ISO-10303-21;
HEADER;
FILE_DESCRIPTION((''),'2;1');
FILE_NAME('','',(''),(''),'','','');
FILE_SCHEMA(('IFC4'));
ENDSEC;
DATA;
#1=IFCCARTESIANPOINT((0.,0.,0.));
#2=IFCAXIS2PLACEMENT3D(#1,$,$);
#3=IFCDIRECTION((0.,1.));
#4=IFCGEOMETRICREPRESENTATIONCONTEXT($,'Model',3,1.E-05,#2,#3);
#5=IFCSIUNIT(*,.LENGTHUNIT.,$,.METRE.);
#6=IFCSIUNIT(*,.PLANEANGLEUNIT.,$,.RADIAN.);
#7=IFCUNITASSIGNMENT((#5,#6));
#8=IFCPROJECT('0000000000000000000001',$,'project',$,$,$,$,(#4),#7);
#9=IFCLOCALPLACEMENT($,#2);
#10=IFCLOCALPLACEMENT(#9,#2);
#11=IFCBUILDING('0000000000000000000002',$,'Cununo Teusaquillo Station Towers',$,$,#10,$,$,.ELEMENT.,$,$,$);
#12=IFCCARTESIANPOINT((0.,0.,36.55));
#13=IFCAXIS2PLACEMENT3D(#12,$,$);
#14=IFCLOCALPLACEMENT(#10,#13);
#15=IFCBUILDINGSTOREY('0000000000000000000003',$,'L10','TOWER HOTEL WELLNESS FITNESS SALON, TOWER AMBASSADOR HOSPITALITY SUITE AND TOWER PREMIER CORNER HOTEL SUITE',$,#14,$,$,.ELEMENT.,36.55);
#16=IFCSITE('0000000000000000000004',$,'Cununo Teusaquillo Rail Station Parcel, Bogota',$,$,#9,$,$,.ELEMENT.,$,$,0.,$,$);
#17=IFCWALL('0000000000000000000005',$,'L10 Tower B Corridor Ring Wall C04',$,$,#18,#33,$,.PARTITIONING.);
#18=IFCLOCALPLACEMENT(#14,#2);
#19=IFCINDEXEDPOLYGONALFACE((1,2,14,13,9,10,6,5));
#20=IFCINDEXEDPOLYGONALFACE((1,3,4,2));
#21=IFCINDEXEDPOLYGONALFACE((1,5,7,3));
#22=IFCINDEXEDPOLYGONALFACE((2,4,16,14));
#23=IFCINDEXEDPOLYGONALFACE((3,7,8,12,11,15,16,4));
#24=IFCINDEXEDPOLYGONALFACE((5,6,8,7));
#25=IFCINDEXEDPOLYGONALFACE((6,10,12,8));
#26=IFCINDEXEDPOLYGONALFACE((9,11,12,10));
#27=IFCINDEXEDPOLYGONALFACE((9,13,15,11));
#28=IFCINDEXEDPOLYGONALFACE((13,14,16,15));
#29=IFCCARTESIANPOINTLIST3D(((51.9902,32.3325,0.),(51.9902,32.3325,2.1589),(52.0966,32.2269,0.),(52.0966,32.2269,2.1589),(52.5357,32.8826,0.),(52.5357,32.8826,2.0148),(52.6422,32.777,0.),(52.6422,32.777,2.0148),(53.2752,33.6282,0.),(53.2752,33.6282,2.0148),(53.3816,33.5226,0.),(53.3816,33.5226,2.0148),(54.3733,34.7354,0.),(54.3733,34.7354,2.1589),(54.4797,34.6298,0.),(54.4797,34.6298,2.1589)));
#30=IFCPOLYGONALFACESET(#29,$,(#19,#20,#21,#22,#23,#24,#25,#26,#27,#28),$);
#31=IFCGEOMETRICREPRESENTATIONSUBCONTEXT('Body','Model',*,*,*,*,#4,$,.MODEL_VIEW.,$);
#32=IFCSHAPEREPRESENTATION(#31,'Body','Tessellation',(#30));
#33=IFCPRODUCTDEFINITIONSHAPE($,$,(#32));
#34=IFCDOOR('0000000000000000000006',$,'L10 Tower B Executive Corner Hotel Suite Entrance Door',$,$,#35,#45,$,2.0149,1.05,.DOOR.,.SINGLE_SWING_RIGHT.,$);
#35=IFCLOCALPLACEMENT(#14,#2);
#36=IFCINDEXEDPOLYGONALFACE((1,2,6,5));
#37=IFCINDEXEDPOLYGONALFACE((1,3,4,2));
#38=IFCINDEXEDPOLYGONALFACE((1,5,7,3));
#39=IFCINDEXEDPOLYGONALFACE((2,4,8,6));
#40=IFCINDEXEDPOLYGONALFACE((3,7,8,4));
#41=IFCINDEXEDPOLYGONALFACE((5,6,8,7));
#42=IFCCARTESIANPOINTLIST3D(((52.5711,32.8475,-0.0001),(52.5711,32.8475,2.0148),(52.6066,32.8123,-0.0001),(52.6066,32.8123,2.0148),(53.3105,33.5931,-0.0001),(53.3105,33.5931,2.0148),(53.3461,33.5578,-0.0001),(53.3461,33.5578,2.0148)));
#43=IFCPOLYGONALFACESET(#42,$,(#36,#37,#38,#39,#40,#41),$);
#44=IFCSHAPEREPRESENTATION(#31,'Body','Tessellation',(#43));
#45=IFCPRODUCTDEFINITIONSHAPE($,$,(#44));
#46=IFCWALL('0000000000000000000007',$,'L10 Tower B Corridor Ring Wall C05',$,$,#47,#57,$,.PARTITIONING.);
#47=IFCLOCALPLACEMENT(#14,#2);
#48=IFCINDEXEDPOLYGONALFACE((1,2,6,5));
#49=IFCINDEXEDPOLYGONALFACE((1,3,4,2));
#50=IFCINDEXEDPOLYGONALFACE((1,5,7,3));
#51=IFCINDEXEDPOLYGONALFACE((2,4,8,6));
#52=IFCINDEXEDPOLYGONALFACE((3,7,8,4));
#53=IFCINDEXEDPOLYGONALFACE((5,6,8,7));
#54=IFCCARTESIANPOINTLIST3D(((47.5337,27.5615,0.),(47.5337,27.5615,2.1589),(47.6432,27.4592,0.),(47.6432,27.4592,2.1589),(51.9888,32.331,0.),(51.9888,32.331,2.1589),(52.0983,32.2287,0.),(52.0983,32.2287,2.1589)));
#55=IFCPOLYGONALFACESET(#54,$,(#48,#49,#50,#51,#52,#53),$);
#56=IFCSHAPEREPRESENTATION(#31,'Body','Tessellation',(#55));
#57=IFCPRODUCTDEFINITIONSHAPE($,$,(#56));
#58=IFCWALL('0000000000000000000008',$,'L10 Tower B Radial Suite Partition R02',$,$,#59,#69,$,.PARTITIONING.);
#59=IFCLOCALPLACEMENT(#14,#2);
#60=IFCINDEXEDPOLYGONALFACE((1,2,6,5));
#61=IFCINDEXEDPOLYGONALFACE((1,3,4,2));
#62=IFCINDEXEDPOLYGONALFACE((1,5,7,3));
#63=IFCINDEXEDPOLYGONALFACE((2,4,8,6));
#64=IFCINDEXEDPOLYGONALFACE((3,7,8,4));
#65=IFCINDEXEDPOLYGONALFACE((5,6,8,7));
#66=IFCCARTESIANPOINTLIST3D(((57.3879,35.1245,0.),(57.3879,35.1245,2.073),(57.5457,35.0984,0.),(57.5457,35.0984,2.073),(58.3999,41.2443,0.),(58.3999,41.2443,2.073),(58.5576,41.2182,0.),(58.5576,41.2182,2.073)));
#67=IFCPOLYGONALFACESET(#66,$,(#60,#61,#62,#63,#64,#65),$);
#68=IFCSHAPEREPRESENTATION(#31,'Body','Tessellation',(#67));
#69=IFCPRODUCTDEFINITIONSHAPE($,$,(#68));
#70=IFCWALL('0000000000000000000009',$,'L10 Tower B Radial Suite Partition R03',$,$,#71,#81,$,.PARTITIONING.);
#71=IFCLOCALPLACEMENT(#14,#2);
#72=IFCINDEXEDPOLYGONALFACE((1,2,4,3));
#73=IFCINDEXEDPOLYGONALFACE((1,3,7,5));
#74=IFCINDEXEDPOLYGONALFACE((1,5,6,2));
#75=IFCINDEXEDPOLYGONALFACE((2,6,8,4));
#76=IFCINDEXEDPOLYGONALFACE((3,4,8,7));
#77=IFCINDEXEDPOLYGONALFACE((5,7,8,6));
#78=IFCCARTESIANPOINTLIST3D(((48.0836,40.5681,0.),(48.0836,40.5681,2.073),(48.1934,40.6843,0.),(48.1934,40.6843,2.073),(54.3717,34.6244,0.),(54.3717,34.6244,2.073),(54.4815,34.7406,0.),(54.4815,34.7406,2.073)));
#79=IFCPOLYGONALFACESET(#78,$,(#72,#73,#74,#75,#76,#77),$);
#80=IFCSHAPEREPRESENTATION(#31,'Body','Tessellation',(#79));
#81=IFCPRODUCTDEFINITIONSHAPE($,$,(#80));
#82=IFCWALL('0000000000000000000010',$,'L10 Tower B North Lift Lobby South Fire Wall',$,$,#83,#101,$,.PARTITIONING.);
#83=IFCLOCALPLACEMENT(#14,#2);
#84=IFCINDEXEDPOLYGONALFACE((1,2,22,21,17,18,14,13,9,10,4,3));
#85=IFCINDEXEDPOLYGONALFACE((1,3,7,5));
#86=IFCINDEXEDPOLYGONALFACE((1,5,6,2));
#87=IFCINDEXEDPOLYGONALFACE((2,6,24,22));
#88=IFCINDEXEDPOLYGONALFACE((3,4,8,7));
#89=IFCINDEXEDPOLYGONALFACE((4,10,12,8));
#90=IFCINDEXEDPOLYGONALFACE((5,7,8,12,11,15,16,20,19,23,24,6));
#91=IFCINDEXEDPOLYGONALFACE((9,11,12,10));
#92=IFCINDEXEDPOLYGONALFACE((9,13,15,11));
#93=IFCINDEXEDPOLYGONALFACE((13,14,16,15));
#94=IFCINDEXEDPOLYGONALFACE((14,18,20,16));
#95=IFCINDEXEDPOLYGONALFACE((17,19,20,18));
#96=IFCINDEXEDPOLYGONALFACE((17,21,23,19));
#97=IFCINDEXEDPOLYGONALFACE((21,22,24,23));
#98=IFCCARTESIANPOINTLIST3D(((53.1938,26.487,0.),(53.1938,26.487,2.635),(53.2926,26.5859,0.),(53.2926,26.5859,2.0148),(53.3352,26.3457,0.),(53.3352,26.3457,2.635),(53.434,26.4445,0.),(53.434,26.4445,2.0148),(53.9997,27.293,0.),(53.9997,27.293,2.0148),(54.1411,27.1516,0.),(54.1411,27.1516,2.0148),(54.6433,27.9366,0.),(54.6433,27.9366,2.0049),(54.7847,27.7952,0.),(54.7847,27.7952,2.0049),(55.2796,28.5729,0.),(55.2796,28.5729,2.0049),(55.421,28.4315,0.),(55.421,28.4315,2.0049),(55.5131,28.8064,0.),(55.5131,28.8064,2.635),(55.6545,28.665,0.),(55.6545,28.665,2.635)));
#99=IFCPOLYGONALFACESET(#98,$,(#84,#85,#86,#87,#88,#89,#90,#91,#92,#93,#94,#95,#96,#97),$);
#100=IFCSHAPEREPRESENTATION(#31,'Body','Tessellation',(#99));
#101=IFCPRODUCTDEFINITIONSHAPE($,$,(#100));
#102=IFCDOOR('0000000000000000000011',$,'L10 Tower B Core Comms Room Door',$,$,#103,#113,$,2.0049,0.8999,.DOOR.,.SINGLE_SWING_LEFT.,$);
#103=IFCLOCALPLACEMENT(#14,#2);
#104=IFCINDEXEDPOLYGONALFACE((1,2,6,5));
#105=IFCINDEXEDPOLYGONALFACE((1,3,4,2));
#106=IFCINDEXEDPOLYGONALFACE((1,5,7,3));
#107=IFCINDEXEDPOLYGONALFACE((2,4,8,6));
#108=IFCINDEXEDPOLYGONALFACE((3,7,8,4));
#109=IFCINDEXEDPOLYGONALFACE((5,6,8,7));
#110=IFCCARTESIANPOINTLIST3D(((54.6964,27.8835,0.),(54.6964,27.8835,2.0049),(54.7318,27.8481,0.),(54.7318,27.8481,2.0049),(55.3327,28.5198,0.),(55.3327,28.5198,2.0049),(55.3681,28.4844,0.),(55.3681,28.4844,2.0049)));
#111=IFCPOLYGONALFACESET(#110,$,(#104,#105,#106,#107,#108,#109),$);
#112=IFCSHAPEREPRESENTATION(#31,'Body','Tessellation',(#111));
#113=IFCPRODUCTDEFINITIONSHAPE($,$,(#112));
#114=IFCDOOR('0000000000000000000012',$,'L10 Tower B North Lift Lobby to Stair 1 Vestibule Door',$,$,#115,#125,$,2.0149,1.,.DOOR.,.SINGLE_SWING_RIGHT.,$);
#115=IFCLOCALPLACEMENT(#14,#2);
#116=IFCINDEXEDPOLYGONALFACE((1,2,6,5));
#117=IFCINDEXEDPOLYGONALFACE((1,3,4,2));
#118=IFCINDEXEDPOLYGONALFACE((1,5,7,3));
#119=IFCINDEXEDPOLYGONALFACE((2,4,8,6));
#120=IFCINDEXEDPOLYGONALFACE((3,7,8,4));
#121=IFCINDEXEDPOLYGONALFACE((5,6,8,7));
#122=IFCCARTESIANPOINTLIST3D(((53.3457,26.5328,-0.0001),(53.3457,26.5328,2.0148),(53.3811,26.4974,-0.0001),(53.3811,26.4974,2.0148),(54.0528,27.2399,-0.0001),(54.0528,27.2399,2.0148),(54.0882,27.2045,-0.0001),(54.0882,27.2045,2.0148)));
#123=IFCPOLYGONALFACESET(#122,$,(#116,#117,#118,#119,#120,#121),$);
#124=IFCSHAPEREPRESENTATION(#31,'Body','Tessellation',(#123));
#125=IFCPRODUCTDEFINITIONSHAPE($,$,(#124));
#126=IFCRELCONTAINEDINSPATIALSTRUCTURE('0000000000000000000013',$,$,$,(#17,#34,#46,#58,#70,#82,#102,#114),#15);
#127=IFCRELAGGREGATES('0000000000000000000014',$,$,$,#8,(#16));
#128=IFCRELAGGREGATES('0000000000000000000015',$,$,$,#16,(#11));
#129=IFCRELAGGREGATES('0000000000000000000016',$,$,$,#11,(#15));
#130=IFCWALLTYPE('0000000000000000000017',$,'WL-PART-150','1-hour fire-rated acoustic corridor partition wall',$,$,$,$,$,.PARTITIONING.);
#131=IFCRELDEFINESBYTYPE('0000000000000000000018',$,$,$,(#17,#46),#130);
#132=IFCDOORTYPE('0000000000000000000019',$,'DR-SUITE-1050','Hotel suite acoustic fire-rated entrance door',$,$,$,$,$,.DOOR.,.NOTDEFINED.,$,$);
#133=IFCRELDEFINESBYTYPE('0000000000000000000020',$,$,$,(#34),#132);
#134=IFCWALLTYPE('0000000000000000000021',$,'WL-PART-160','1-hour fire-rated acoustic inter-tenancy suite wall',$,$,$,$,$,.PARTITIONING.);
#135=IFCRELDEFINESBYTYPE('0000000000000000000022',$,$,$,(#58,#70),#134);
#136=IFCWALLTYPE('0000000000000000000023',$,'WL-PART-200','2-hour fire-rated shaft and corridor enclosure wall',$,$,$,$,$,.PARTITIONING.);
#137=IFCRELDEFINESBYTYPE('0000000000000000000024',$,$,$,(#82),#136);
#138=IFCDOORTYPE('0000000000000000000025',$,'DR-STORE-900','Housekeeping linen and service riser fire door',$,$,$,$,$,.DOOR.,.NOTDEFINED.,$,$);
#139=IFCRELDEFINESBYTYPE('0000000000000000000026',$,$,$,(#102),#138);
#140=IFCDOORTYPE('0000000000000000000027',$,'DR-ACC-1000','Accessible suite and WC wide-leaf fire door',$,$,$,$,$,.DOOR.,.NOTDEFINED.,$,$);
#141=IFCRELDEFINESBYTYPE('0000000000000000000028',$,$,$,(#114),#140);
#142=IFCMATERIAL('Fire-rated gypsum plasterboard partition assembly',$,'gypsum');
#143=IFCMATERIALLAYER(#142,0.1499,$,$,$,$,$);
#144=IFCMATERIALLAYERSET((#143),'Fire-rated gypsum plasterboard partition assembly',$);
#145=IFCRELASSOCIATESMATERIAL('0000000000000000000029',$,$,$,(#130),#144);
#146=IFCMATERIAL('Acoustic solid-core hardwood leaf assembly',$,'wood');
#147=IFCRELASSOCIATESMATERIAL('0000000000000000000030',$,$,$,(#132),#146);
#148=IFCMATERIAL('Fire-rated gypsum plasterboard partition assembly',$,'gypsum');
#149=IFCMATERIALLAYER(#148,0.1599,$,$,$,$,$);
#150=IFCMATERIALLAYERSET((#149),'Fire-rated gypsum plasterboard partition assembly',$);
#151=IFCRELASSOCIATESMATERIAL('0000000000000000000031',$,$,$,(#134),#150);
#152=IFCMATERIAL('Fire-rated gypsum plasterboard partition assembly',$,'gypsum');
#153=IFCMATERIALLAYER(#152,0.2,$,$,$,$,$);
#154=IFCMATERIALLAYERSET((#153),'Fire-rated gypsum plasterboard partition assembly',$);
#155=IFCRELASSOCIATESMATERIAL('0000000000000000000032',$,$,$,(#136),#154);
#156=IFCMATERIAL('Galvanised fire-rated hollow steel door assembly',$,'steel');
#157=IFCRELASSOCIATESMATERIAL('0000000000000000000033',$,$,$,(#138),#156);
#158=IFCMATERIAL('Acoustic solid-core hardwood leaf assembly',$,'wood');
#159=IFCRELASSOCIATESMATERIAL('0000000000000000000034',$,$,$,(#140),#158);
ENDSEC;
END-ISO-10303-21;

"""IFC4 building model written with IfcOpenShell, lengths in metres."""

from ifc_helpers import new_model, si_unit, direction, frame, frame_2d, origin, place, context, subcontext, project, spatial, rectangle, extrude, source, transform, mapped, material, layer, layer_set, type_object, element, fill, save


model = new_model("IFC4")

# Units and contexts
model_context = context("Model", 3, precision=1e-05, world=origin(), true_north=direction((0.0, 1.0)))
body_context = subcontext(model_context, "Body", "Model", "MODEL_VIEW")
ifc_project = project(units=[si_unit("LENGTHUNIT", "METRE"), si_unit("PLANEANGLEUNIT", "RADIAN")], contexts=[model_context])

# Site, building, storey
site_placement = place(None, origin())
site = spatial("IfcSite", under=ifc_project, at=site_placement, Name="Cununo Teusaquillo Rail Station Parcel, Bogota", CompositionType="ELEMENT", RefElevation=0.0)
building_placement = place(site_placement, origin())
building = spatial("IfcBuilding", under=site, at=building_placement, Name="Cununo Teusaquillo Station Towers", CompositionType="ELEMENT")
storey_placement = place(building_placement, frame((0.0, 0.0, 36.55)))
storey = spatial("IfcBuildingStorey", under=building, at=storey_placement, Name="L10", Description="TOWER HOTEL WELLNESS FITNESS SALON, TOWER AMBASSADOR HOSPITALITY SUITE AND TOWER PREMIER CORNER HOTEL SUITE", CompositionType="ELEMENT", Elevation=36.55)

# Shared definitions
shared_shape_1 = source(origin(), body_context, "Body", "SweptSolid", [
    extrude(rectangle(XDim=0.8999, YDim=2.0049, at=frame_2d((0.45, 1.0024))), frame((0.0, 0.0249, 0.0), z_axis=(0.0, -1.0, 0.0), x_axis=(1.0, 0.0, 0.0)), (0.0, 0.0, 1.0), 0.05),
])
ifc_material_1 = material(Name="Fire-rated gypsum plasterboard partition assembly", Category="gypsum")
ifc_layer_1 = layer(ifc_material_1, 0.1499)
ifc_layer_set_1 = layer_set([ifc_layer_1], Name="Fire-rated gypsum plasterboard partition assembly")
wall_type_1 = type_object("IfcWallType", Name="WL-PART-150", Description="1-hour fire-rated acoustic corridor partition wall", PredefinedType="PARTITIONING", material=ifc_layer_set_1)
shared_shape_2 = source(origin(), body_context, "Body", "SweptSolid", [
    extrude(rectangle(XDim=1.05, YDim=2.0149, at=frame_2d((0.5249, 1.0073))), frame((0.0, 0.085, 0.0), z_axis=(0.0, -1.0, 0.0), x_axis=(1.0, 0.0, 0.0)), (0.0, 0.0, 1.0), 0.1699),
])
ifc_material_2 = material(Name="Acoustic solid-core hardwood leaf assembly", Category="wood")
door_type_1 = type_object("IfcDoorType", Name="DR-SUITE-1050", Description="Hotel suite acoustic fire-rated entrance door", OperationType="NOTDEFINED", PredefinedType="DOOR", material=ifc_material_2)
shared_shape_3 = source(origin(), body_context, "Body", "SweptSolid", [
    extrude(rectangle(XDim=1.05, YDim=2.0149, at=frame_2d((0.5249, 1.0073))), frame((0.0, 0.0249, 0.0), z_axis=(0.0, -1.0, 0.0), x_axis=(1.0, 0.0, 0.0)), (0.0, 0.0, 1.0), 0.05),
])

# Wall, opening, door
wall_1_placement = place(storey_placement, frame((54.4265, 34.6826, 0.0), z_axis=(0.0, 0.0, 1.0), x_axis=(-0.704179, -0.710022, 0.0)))
wall_1 = element("IfcWall", 1, at=wall_1_placement, inside=storey, type_object=wall_type_1, Name="L10 Tower B Corridor Ring Wall C04", PredefinedType="PARTITIONING", context=body_context, shape_type="SweptSolid", body=[
    extrude(rectangle(XDim=3.3843, YDim=0.1499, at=frame_2d((1.6921, 0.0))), origin(), (0.0, 0.0, 1.0), 2.1589),
])
opening_1_placement = place(wall_1_placement, frame((1.5596, 0.0, 0.0)))
opening_1 = element("IfcOpeningElement", 2, at=opening_1_placement, cuts=wall_1, PredefinedType="OPENING", context=body_context, shape_type="MappedRepresentation", body=[
    mapped(shared_shape_2, transform((0.0, 0.0, 0.0), x_axis=(1.0, 0.0, 0.0), y_axis=(0.0, 1.0, 0.0), z_axis=(0.0, 0.0, 1.0), scale=1.0)),
])
door_1_placement = place(opening_1_placement, origin())
door_1 = element("IfcDoor", 3, at=door_1_placement, inside=storey, type_object=door_type_1, Name="L10 Tower B Executive Corner Hotel Suite Entrance Door", OperationType="SINGLE_SWING_RIGHT", OverallHeight=2.0149, OverallWidth=1.05, PredefinedType="DOOR", context=body_context, shape_type="MappedRepresentation", body=[
    mapped(shared_shape_3, transform((0.0, 0.0, 0.0), x_axis=(1.0, 0.0, 0.0), y_axis=(0.0, 1.0, 0.0), z_axis=(0.0, 0.0, 1.0), scale=1.0)),
])
fill(opening_1, door_1)

# Walls
wall_2_placement = place(storey_placement, frame((52.0435, 32.2798, 0.0), z_axis=(0.0, 0.0, 1.0), x_axis=(-0.682606, -0.730787, 0.0)))
element("IfcWall", 4, at=wall_2_placement, inside=storey, type_object=wall_type_1, Name="L10 Tower B Corridor Ring Wall C05", PredefinedType="PARTITIONING", context=body_context, shape_type="SweptSolid", body=[
    extrude(rectangle(XDim=6.5266, YDim=0.1499, at=frame_2d((3.2632, 0.0))), origin(), (0.0, 0.0, 1.0), 2.1589),
])
ifc_material_3 = material(Name="Fire-rated gypsum plasterboard partition assembly", Category="gypsum")
ifc_layer_2 = layer(ifc_material_3, 0.1599)
ifc_layer_set_2 = layer_set([ifc_layer_2], Name="Fire-rated gypsum plasterboard partition assembly")
wall_type_2 = type_object("IfcWallType", Name="WL-PART-160", Description="1-hour fire-rated acoustic inter-tenancy suite wall", PredefinedType="PARTITIONING", material=ifc_layer_set_2)
wall_3_placement = place(storey_placement, frame((57.4668, 35.1113, 0.0), z_axis=(0.0, 0.0, 1.0), x_axis=(0.163142, 0.986603, 0.0)))
element("IfcWall", 5, at=wall_3_placement, inside=storey, type_object=wall_type_2, Name="L10 Tower B Radial Suite Partition R02", PredefinedType="PARTITIONING", context=body_context, shape_type="SweptSolid", body=[
    extrude(rectangle(XDim=6.2029, YDim=0.1599, at=frame_2d((3.1016, 0.0))), origin(), (0.0, 0.0, 1.0), 2.073),
])
wall_4_placement = place(storey_placement, frame((54.4265, 34.6826, 0.0), z_axis=(0.0, 0.0, 1.0), x_axis=(-0.726733, 0.68692, 0.0)))
element("IfcWall", 6, at=wall_4_placement, inside=storey, type_object=wall_type_2, Name="L10 Tower B Radial Suite Partition R03", PredefinedType="PARTITIONING", context=body_context, shape_type="SweptSolid", body=[
    extrude(rectangle(XDim=8.6526, YDim=0.1599, at=frame_2d((4.3262, 0.0))), origin(), (0.0, 0.0, 1.0), 2.073),
])

# Wall, openings, doors
ifc_material_4 = material(Name="Fire-rated gypsum plasterboard partition assembly", Category="gypsum")
ifc_layer_3 = layer(ifc_material_4, 0.2)
ifc_layer_set_3 = layer_set([ifc_layer_3], Name="Fire-rated gypsum plasterboard partition assembly")
wall_type_3 = type_object("IfcWallType", Name="WL-PART-200", Description="2-hour fire-rated shaft and corridor enclosure wall", PredefinedType="PARTITIONING", material=ifc_layer_set_3)
wall_5_placement = place(storey_placement, frame((53.2644, 26.4163, 0.0), z_axis=(0.0, 0.0, 1.0), x_axis=(0.707107, 0.707107, 0.0)))
wall_5 = element("IfcWall", 7, at=wall_5_placement, inside=storey, type_object=wall_type_3, Name="L10 Tower B North Lift Lobby South Fire Wall", PredefinedType="PARTITIONING", context=body_context, shape_type="SweptSolid", body=[
    extrude(rectangle(XDim=3.28, YDim=0.2, at=frame_2d((1.6401, 0.0))), origin(), (0.0, 0.0, 1.0), 2.635),
])
shared_shape_4 = source(origin(), body_context, "Body", "SweptSolid", [
    extrude(rectangle(XDim=1.0, YDim=2.0149, at=frame_2d((0.5, 1.0073))), frame((0.0, 0.1099, 0.0), z_axis=(0.0, -1.0, 0.0), x_axis=(1.0, 0.0, 0.0)), (0.0, 0.0, 1.0), 0.22),
])
opening_2_placement = place(wall_5_placement, frame((0.1399, 0.0, 0.0)))
opening_2 = element("IfcOpeningElement", 8, at=opening_2_placement, cuts=wall_5, PredefinedType="OPENING", context=body_context, shape_type="MappedRepresentation", body=[
    mapped(shared_shape_4, transform((0.0, 0.0, 0.0), x_axis=(1.0, 0.0, 0.0), y_axis=(0.0, 1.0, 0.0), z_axis=(0.0, 0.0, 1.0), scale=1.0)),
])
shared_shape_5 = source(origin(), body_context, "Body", "SweptSolid", [
    extrude(rectangle(XDim=0.8999, YDim=2.0049, at=frame_2d((0.45, 1.0024))), frame((0.0, 0.1099, 0.0), z_axis=(0.0, -1.0, 0.0), x_axis=(1.0, 0.0, 0.0)), (0.0, 0.0, 1.0), 0.22),
])
opening_3_placement = place(wall_5_placement, frame((2.05, 0.0, 0.0)))
opening_3 = element("IfcOpeningElement", 9, at=opening_3_placement, cuts=wall_5, PredefinedType="OPENING", context=body_context, shape_type="MappedRepresentation", body=[
    mapped(shared_shape_5, transform((0.0, 0.0, 0.0), x_axis=(1.0, 0.0, 0.0), y_axis=(0.0, 1.0, 0.0), z_axis=(0.0, 0.0, 1.0), scale=1.0)),
])
ifc_material_5 = material(Name="Galvanised fire-rated hollow steel door assembly", Category="steel")
door_type_2 = type_object("IfcDoorType", Name="DR-STORE-900", Description="Housekeeping linen and service riser fire door", OperationType="NOTDEFINED", PredefinedType="DOOR", material=ifc_material_5)
door_2_placement = place(opening_3_placement, origin())
door_2 = element("IfcDoor", 10, at=door_2_placement, inside=storey, type_object=door_type_2, Name="L10 Tower B Core Comms Room Door", OperationType="SINGLE_SWING_LEFT", OverallHeight=2.0049, OverallWidth=0.8999, PredefinedType="DOOR", context=body_context, shape_type="MappedRepresentation", body=[
    mapped(shared_shape_1, transform((0.0, 0.0, 0.0), x_axis=(1.0, 0.0, 0.0), y_axis=(0.0, 1.0, 0.0), z_axis=(0.0, 0.0, 1.0), scale=1.0)),
])
fill(opening_3, door_2)
ifc_material_6 = material(Name="Acoustic solid-core hardwood leaf assembly", Category="wood")
door_type_3 = type_object("IfcDoorType", Name="DR-ACC-1000", Description="Accessible suite and WC wide-leaf fire door", OperationType="NOTDEFINED", PredefinedType="DOOR", material=ifc_material_6)
shared_shape_6 = source(origin(), body_context, "Body", "SweptSolid", [
    extrude(rectangle(XDim=1.0, YDim=2.0149, at=frame_2d((0.5, 1.0073))), frame((0.0, 0.0249, 0.0), z_axis=(0.0, -1.0, 0.0), x_axis=(1.0, 0.0, 0.0)), (0.0, 0.0, 1.0), 0.05),
])
door_3_placement = place(opening_2_placement, origin())
door_3 = element("IfcDoor", 11, at=door_3_placement, inside=storey, type_object=door_type_3, Name="L10 Tower B North Lift Lobby to Stair 1 Vestibule Door", OperationType="SINGLE_SWING_RIGHT", OverallHeight=2.0149, OverallWidth=1.0, PredefinedType="DOOR", context=body_context, shape_type="MappedRepresentation", body=[
    mapped(shared_shape_6, transform((0.0, 0.0, 0.0), x_axis=(1.0, 0.0, 0.0), y_axis=(0.0, 1.0, 0.0), z_axis=(0.0, 0.0, 1.0), scale=1.0)),
])
fill(opening_2, door_3)

save(model, "model.ifc")
